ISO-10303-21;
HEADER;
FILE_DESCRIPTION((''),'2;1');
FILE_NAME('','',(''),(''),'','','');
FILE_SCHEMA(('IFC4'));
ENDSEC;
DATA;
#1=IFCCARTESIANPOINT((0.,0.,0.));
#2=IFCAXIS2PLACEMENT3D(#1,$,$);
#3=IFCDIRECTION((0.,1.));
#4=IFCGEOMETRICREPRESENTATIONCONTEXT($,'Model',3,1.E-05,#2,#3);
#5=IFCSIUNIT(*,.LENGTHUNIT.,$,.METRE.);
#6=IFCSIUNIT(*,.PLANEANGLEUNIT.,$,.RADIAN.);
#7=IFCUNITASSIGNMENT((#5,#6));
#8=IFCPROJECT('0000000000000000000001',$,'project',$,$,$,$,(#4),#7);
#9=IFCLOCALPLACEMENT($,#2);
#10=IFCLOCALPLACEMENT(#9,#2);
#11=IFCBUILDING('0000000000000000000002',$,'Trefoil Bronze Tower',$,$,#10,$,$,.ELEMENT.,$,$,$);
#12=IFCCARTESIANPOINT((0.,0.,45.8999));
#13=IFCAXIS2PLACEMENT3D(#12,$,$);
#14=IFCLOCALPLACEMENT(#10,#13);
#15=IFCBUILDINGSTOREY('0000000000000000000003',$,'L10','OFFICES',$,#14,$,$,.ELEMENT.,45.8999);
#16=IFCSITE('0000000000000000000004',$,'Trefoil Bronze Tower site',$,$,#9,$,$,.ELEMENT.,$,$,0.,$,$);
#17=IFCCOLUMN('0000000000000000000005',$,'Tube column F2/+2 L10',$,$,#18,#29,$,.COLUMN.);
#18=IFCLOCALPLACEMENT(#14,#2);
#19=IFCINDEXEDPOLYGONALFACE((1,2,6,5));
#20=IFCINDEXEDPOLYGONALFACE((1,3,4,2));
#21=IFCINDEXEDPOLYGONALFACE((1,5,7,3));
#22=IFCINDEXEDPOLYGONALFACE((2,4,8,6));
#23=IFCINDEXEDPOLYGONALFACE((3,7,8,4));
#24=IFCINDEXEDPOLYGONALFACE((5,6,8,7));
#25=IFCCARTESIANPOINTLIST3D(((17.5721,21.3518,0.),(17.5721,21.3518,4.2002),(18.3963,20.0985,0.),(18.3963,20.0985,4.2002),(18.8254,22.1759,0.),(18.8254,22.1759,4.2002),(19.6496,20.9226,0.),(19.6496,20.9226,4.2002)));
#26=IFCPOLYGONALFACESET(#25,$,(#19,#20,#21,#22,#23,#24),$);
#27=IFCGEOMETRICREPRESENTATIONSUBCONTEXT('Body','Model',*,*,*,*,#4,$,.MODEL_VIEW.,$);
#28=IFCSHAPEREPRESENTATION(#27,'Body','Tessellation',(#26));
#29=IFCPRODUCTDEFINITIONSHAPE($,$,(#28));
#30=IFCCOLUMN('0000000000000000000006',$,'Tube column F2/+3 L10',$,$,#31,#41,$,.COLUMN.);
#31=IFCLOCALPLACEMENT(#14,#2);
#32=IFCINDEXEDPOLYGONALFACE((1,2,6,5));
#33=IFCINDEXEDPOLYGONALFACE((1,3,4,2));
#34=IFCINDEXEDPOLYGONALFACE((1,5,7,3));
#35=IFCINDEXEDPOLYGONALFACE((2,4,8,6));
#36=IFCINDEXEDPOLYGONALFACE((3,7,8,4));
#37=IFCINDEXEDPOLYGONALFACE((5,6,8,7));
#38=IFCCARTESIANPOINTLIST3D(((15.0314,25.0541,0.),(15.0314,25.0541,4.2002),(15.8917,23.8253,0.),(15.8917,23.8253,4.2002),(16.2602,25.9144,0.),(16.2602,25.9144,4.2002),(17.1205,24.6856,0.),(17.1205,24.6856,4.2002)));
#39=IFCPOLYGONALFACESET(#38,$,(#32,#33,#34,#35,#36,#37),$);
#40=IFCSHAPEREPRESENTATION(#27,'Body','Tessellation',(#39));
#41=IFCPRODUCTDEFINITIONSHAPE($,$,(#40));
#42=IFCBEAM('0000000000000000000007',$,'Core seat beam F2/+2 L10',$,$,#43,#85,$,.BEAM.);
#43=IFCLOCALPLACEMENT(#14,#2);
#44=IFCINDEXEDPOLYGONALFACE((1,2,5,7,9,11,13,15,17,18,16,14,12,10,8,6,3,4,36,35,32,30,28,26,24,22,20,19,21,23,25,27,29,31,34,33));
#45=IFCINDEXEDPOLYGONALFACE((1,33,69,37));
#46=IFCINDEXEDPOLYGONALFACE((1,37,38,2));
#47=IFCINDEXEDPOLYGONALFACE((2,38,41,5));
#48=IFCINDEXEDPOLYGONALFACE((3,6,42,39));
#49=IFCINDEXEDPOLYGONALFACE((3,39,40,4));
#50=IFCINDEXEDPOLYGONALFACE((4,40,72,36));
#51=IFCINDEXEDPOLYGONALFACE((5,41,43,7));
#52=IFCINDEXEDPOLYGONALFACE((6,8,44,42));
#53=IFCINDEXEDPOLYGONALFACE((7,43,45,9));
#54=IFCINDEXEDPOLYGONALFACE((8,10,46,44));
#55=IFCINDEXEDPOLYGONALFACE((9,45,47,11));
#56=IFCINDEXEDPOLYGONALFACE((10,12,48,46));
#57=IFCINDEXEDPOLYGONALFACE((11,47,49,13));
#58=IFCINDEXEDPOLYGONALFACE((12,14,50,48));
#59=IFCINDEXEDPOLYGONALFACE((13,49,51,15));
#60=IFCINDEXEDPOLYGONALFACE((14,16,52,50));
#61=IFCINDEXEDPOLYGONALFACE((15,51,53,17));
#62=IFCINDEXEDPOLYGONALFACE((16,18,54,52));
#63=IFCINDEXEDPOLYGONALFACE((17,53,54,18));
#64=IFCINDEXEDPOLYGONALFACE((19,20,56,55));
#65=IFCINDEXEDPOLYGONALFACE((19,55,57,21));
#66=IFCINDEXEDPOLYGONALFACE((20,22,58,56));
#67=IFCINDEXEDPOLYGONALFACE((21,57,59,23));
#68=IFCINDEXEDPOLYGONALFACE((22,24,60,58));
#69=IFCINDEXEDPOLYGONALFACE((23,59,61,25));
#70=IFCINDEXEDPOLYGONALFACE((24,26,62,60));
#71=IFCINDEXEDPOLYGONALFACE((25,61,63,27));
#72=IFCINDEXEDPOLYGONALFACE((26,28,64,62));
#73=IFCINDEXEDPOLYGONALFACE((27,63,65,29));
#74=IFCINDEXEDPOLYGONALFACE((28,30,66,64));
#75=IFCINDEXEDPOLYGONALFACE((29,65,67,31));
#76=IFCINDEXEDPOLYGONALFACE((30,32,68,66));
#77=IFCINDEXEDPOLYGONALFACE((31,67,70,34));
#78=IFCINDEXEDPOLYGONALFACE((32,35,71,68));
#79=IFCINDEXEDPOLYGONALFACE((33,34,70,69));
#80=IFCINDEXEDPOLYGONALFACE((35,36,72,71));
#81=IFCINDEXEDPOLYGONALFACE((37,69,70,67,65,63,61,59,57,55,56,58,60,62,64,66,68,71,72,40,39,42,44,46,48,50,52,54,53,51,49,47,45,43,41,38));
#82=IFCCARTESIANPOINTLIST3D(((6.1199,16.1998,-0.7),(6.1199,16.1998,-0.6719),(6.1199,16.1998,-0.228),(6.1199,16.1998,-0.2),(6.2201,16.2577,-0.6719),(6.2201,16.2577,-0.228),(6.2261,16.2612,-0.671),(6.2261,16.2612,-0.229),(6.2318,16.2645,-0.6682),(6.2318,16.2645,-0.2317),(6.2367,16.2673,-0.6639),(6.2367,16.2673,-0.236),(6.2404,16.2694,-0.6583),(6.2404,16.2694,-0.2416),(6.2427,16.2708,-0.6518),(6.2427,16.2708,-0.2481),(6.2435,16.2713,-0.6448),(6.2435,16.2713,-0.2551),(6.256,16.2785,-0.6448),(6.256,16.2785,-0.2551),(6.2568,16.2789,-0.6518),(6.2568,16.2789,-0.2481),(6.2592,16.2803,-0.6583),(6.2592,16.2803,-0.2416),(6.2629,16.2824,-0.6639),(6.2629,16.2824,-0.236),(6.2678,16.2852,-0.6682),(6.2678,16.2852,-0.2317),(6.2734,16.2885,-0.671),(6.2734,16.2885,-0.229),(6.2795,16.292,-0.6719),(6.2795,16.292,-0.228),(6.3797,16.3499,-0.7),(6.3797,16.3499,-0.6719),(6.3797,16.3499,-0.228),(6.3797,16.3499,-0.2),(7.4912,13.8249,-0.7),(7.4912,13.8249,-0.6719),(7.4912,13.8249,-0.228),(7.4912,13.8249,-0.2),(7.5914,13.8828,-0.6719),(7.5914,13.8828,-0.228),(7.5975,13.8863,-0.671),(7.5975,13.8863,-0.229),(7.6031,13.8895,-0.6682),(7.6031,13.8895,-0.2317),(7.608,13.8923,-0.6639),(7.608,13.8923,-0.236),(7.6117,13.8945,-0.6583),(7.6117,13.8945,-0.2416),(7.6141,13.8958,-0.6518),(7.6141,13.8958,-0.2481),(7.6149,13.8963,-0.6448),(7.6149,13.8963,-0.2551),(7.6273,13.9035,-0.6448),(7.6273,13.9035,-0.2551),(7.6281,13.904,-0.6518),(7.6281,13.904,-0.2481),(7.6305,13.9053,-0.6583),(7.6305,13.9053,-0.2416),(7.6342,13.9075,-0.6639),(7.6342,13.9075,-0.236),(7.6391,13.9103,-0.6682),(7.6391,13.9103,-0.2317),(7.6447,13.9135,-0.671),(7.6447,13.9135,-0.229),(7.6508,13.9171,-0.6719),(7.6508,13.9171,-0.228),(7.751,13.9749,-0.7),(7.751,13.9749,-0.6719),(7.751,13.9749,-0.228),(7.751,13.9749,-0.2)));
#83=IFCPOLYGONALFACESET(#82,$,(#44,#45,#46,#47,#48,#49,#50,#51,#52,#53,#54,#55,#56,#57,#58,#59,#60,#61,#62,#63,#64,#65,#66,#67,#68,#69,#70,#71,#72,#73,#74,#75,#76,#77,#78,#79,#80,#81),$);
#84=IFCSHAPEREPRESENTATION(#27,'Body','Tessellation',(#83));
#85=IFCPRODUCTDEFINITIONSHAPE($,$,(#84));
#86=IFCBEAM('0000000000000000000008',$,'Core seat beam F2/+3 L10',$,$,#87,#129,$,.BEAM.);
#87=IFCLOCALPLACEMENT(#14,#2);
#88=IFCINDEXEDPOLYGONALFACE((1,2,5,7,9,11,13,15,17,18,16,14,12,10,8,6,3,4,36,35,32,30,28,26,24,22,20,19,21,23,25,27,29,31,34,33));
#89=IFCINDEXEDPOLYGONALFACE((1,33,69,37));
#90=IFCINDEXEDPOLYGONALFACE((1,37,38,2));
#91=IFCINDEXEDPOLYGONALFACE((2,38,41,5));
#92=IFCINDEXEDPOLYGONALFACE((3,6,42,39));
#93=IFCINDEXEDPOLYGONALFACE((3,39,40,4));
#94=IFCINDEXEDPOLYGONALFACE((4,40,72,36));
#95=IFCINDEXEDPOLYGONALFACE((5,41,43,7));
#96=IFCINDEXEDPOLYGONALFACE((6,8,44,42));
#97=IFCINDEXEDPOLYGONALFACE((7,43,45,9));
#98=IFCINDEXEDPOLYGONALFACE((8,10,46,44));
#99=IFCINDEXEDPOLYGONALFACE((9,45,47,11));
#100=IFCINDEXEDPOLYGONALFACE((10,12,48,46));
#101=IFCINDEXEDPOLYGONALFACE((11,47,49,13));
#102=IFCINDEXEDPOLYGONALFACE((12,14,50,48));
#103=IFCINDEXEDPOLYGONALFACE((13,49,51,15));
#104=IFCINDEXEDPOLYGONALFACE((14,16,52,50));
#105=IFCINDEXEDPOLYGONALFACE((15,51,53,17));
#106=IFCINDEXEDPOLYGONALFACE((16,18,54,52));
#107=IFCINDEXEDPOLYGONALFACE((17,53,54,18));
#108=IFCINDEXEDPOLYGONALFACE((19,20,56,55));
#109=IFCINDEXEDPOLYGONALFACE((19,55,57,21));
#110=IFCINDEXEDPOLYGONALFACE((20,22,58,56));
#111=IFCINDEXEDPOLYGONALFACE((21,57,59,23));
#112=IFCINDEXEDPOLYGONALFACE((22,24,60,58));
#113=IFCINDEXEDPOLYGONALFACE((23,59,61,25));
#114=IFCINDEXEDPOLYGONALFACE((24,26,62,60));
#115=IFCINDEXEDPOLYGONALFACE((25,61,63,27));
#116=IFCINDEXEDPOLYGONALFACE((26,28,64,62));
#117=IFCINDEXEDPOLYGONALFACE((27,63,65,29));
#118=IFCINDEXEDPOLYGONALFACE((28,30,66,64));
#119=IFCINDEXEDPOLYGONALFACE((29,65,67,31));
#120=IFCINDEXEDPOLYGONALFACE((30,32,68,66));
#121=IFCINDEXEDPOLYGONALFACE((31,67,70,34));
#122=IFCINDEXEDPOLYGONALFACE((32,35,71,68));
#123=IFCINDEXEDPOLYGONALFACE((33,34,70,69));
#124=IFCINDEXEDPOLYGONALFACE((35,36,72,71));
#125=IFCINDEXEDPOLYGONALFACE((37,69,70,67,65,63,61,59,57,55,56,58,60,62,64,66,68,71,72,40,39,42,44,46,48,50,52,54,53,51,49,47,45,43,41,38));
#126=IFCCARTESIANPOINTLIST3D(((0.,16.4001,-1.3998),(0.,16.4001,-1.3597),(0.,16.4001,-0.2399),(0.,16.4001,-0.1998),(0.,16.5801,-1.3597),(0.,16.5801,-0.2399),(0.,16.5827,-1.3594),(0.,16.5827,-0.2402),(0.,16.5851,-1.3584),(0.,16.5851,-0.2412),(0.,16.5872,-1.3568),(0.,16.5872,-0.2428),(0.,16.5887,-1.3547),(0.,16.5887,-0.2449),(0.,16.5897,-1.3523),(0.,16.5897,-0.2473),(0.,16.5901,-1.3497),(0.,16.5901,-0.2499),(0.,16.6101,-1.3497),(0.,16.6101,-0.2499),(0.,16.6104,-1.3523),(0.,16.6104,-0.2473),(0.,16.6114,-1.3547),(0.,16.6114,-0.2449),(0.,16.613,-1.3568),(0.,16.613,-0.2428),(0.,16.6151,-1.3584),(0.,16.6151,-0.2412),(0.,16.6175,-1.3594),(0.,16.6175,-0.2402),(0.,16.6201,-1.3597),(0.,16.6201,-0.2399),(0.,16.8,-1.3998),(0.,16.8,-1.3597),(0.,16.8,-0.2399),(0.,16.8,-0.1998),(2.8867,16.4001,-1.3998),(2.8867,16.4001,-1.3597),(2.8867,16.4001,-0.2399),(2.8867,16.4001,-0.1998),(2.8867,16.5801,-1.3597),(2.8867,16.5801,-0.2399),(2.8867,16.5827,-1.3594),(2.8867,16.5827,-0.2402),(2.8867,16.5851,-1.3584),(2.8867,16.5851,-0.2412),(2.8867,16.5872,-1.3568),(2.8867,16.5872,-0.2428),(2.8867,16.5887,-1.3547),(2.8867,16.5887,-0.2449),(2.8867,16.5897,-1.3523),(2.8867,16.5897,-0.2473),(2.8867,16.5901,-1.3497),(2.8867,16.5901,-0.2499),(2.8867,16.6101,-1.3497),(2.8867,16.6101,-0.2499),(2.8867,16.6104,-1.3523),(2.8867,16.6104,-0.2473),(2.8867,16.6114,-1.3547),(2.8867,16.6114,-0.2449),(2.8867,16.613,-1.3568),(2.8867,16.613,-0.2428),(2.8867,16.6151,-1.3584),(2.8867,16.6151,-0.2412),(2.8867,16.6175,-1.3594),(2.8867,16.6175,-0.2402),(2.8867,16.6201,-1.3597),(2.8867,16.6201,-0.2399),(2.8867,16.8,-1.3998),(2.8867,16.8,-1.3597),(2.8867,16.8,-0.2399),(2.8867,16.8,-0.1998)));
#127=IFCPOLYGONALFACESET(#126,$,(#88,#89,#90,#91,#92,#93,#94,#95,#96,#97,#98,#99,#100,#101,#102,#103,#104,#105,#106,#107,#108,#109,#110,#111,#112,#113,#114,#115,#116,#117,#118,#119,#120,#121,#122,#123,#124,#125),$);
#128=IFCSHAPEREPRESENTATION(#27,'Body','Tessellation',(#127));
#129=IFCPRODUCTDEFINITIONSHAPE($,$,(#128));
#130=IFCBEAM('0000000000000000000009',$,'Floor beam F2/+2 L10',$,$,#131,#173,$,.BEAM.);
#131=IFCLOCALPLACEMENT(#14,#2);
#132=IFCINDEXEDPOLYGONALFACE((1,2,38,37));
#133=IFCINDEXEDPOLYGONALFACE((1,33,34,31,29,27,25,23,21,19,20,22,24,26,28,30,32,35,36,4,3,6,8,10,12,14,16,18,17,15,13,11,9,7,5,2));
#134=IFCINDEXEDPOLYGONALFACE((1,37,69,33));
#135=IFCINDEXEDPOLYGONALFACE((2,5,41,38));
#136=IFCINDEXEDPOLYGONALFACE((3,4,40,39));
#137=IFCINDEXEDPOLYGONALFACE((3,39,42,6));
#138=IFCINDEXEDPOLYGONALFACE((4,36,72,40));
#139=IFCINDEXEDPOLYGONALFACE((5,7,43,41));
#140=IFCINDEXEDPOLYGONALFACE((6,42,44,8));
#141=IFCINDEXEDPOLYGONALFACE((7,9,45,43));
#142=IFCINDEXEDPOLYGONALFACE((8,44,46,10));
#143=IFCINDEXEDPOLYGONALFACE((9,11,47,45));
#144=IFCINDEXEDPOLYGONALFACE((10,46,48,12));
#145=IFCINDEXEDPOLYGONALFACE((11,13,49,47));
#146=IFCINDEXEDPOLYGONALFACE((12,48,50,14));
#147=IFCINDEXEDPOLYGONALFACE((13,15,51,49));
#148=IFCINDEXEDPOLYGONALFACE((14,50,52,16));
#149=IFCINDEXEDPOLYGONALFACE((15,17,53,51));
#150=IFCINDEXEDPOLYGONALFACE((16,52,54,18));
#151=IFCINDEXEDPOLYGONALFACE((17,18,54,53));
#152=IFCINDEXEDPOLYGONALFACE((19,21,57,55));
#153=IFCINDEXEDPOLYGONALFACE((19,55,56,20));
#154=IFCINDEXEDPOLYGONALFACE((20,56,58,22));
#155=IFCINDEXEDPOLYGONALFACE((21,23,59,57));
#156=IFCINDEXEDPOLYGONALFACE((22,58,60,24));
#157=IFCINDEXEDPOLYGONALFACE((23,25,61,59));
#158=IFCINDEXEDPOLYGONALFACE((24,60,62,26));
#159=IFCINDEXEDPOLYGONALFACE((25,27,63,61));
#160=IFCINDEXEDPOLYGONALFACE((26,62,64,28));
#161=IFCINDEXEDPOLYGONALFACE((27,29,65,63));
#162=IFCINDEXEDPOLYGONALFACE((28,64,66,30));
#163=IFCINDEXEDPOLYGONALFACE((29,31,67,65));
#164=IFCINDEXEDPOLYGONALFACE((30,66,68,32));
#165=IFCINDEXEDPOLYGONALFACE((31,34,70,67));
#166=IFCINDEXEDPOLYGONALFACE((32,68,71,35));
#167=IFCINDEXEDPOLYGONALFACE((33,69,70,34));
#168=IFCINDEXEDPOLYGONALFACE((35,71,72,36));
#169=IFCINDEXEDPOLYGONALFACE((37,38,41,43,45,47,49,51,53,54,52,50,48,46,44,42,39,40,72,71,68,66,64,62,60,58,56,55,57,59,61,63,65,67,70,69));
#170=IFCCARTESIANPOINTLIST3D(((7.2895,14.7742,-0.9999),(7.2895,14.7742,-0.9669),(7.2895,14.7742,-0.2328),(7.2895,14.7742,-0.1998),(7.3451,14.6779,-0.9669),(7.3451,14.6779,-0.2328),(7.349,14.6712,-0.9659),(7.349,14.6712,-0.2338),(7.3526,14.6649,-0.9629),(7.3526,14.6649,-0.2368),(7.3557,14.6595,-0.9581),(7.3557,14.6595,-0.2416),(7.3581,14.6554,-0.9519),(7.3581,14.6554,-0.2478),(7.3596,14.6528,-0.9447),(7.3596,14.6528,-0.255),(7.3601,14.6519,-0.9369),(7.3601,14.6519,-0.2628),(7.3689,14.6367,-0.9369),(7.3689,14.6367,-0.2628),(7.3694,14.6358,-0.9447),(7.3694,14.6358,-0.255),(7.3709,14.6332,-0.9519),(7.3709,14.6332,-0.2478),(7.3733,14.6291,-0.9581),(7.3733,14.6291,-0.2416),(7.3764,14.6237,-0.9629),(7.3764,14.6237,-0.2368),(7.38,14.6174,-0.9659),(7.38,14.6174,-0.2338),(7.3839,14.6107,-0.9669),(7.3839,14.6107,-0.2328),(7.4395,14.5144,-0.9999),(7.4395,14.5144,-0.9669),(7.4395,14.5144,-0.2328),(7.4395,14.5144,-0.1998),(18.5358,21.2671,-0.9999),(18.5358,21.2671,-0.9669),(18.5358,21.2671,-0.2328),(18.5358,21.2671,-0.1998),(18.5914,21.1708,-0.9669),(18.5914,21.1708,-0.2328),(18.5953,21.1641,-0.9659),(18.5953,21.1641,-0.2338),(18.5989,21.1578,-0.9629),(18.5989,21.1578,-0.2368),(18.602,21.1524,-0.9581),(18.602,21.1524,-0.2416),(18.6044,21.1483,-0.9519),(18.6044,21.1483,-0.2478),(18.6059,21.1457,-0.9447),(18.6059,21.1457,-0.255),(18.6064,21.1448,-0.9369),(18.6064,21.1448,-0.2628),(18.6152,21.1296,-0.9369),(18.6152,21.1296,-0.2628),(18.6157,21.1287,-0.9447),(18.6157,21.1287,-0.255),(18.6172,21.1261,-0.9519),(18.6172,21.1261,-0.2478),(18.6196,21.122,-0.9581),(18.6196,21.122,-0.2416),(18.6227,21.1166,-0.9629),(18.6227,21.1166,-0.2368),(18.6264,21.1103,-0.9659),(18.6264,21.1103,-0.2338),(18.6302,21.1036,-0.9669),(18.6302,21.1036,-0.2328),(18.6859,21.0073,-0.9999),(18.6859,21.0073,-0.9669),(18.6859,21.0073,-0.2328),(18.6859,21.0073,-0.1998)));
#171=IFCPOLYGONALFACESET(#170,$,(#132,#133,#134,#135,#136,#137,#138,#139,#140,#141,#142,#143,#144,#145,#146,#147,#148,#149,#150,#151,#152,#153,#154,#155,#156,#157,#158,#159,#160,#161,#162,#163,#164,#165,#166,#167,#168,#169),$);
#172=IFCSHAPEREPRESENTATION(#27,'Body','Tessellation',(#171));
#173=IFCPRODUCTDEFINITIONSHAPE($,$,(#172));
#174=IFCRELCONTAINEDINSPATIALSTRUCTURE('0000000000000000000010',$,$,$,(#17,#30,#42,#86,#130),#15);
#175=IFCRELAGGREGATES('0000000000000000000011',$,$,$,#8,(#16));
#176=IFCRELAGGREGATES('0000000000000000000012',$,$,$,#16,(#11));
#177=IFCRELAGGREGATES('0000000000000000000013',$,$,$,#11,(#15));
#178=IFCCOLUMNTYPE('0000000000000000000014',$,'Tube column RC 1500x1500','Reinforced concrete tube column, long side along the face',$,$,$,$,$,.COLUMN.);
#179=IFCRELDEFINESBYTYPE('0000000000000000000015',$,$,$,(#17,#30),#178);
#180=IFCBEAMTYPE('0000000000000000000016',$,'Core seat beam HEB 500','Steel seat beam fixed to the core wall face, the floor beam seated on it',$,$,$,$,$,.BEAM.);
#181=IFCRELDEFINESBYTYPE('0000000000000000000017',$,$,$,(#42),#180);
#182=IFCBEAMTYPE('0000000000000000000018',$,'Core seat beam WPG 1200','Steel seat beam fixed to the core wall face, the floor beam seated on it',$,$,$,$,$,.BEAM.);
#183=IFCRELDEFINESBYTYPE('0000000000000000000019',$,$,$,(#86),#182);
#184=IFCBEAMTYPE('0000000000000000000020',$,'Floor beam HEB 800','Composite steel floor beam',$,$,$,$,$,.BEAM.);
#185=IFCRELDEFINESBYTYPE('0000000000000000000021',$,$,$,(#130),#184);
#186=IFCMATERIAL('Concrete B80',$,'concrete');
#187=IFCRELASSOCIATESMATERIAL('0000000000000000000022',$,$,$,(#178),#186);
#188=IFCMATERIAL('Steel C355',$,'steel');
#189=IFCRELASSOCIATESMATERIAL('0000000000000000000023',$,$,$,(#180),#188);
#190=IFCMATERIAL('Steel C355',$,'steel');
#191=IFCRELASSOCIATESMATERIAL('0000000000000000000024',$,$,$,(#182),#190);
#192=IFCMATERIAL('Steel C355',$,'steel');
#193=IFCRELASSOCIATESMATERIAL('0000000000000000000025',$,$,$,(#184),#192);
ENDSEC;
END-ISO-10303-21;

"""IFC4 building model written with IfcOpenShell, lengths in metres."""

from ifc_helpers import new_model, si_unit, direction, frame, origin, origin_2d, place, context, subcontext, project, spatial, rectangle, i_section, extrude, material, material_profile, profile_set, type_object, element, save


model = new_model("IFC4")

# Units and contexts
model_context = context("Model", 3, precision=1e-05, world=origin(), true_north=direction((0.0, 1.0)))
body_context = subcontext(model_context, "Body", "Model", "MODEL_VIEW")
ifc_project = project(units=[si_unit("LENGTHUNIT", "METRE"), si_unit("PLANEANGLEUNIT", "RADIAN")], contexts=[model_context])

# Site, building, storey
site_placement = place(None, origin())
site = spatial("IfcSite", under=ifc_project, at=site_placement, Name="Trefoil Bronze Tower site", CompositionType="ELEMENT", RefElevation=0.0)
building_placement = place(site_placement, origin())
building = spatial("IfcBuilding", under=site, at=building_placement, Name="Trefoil Bronze Tower", CompositionType="ELEMENT")
storey_placement = place(building_placement, frame((0.0, 0.0, 45.8999)))
storey = spatial("IfcBuildingStorey", under=building, at=storey_placement, Name="L10", Description="OFFICES", CompositionType="ELEMENT", Elevation=45.8999)

# Columns
ifc_material_1 = material(Name="Concrete B80", Category="concrete")
ifc_material_profile_1 = material_profile(ifc_material_1, rectangle(XDim=1.5, YDim=1.5, at=origin_2d()), Name="RC 1500x1500")
ifc_profile_set_1 = profile_set([ifc_material_profile_1], Name="Concrete B80")
column_type = type_object("IfcColumnType", Name="Tube column RC 1500x1500", Description="Reinforced concrete tube column, long side along the face", PredefinedType="COLUMN", material=ifc_profile_set_1)
for number, where, z_axis, x_axis, name in (
    (1, (18.6108, 21.1372, 0.0), (0.0, 0.0, 1.0), (-0.549424, 0.835544, 0.0), "Tube column F2/+2 L10"),
    (2, (16.0759, 24.8699, 0.0), (0.0, 0.0, 1.0), (-0.573502, 0.819204, 0.0), "Tube column F2/+3 L10"),
):
    element("IfcColumn", number, at=place(storey_placement, frame(where, z_axis=z_axis, x_axis=x_axis)), inside=storey, type_object=column_type, Name=name, PredefinedType="COLUMN", context=body_context, shape_type="SweptSolid", body=[
        extrude(rectangle(XDim=1.5, YDim=1.5, at=origin_2d()), origin(), (0.0, 0.0, 1.0), 4.2002),
    ])

# Beams
ifc_material_2 = material(Name="Steel C355", Category="steel")
ifc_material_profile_2 = material_profile(ifc_material_2, i_section(OverallWidth=0.3, OverallDepth=0.5, WebThickness=0.0144, FlangeThickness=0.0281, FilletRadius=0.0271, at=origin_2d()), Name="HEB 500")
ifc_profile_set_2 = profile_set([ifc_material_profile_2], Name="Steel C355")
beam_type_1 = type_object("IfcBeamType", Name="Core seat beam HEB 500", Description="Steel seat beam fixed to the core wall face, the floor beam seated on it", PredefinedType="BEAM", material=ifc_profile_set_2)
beam_1_placement = place(storey_placement, frame((7.6211, 13.8999, -0.45), z_axis=(-0.500036, 0.866005, 0.0), x_axis=(-0.866005, -0.500036, 0.0)))
element("IfcBeam", 3, at=beam_1_placement, inside=storey, type_object=beam_type_1, Name="Core seat beam F2/+2 L10", PredefinedType="BEAM", context=body_context, shape_type="SweptSolid", body=[
    extrude(i_section(OverallWidth=0.3, OverallDepth=0.5, WebThickness=0.0144, FlangeThickness=0.0281, FilletRadius=0.0271, at=origin_2d()), origin(), (0.0, 0.0, 1.0), 2.7424),
])
ifc_material_3 = material(Name="Steel C355", Category="steel")
ifc_material_profile_3 = material_profile(ifc_material_3, i_section(OverallWidth=0.3999, OverallDepth=1.2, WebThickness=0.02, FlangeThickness=0.04, FilletRadius=0.01, at=origin_2d()), Name="WPG 1200")
ifc_profile_set_3 = profile_set([ifc_material_profile_3], Name="Steel C355")
beam_type_2 = type_object("IfcBeamType", Name="Core seat beam WPG 1200", Description="Steel seat beam fixed to the core wall face, the floor beam seated on it", PredefinedType="BEAM", material=ifc_profile_set_3)
beam_2_placement = place(storey_placement, frame((2.8867, 16.6001, -0.7998), z_axis=(-1.0, 0.0, 0.0), x_axis=(0.0, -1.0, 0.0)))
element("IfcBeam", 4, at=beam_2_placement, inside=storey, type_object=beam_type_2, Name="Core seat beam F2/+3 L10", PredefinedType="BEAM", context=body_context, shape_type="SweptSolid", body=[
    extrude(i_section(OverallWidth=0.3999, OverallDepth=1.2, WebThickness=0.02, FlangeThickness=0.04, FilletRadius=0.01, at=origin_2d()), origin(), (0.0, 0.0, 1.0), 2.8867),
])
ifc_material_4 = material(Name="Steel C355", Category="steel")
ifc_material_profile_4 = material_profile(ifc_material_4, i_section(OverallWidth=0.3, OverallDepth=0.8, WebThickness=0.0176, FlangeThickness=0.033, FilletRadius=0.03, at=origin_2d()), Name="HEB 800")
ifc_profile_set_4 = profile_set([ifc_material_profile_4], Name="Steel C355")
beam_type_3 = type_object("IfcBeamType", Name="Floor beam HEB 800", Description="Composite steel floor beam", PredefinedType="BEAM", material=ifc_profile_set_4)
beam_3_placement = place(storey_placement, frame((18.6108, 21.1372, -0.5999), z_axis=(-0.866031, -0.499991, 0.0), x_axis=(0.499991, -0.866031, 0.0)))
element("IfcBeam", 5, at=beam_3_placement, inside=storey, type_object=beam_type_3, Name="Floor beam F2/+2 L10", PredefinedType="BEAM", context=body_context, shape_type="SweptSolid", body=[
    extrude(i_section(OverallWidth=0.3, OverallDepth=0.8, WebThickness=0.0176, FlangeThickness=0.033, FilletRadius=0.03, at=origin_2d()), origin(), (0.0, 0.0, 1.0), 12.9861),
])

save(model, "model.ifc")
